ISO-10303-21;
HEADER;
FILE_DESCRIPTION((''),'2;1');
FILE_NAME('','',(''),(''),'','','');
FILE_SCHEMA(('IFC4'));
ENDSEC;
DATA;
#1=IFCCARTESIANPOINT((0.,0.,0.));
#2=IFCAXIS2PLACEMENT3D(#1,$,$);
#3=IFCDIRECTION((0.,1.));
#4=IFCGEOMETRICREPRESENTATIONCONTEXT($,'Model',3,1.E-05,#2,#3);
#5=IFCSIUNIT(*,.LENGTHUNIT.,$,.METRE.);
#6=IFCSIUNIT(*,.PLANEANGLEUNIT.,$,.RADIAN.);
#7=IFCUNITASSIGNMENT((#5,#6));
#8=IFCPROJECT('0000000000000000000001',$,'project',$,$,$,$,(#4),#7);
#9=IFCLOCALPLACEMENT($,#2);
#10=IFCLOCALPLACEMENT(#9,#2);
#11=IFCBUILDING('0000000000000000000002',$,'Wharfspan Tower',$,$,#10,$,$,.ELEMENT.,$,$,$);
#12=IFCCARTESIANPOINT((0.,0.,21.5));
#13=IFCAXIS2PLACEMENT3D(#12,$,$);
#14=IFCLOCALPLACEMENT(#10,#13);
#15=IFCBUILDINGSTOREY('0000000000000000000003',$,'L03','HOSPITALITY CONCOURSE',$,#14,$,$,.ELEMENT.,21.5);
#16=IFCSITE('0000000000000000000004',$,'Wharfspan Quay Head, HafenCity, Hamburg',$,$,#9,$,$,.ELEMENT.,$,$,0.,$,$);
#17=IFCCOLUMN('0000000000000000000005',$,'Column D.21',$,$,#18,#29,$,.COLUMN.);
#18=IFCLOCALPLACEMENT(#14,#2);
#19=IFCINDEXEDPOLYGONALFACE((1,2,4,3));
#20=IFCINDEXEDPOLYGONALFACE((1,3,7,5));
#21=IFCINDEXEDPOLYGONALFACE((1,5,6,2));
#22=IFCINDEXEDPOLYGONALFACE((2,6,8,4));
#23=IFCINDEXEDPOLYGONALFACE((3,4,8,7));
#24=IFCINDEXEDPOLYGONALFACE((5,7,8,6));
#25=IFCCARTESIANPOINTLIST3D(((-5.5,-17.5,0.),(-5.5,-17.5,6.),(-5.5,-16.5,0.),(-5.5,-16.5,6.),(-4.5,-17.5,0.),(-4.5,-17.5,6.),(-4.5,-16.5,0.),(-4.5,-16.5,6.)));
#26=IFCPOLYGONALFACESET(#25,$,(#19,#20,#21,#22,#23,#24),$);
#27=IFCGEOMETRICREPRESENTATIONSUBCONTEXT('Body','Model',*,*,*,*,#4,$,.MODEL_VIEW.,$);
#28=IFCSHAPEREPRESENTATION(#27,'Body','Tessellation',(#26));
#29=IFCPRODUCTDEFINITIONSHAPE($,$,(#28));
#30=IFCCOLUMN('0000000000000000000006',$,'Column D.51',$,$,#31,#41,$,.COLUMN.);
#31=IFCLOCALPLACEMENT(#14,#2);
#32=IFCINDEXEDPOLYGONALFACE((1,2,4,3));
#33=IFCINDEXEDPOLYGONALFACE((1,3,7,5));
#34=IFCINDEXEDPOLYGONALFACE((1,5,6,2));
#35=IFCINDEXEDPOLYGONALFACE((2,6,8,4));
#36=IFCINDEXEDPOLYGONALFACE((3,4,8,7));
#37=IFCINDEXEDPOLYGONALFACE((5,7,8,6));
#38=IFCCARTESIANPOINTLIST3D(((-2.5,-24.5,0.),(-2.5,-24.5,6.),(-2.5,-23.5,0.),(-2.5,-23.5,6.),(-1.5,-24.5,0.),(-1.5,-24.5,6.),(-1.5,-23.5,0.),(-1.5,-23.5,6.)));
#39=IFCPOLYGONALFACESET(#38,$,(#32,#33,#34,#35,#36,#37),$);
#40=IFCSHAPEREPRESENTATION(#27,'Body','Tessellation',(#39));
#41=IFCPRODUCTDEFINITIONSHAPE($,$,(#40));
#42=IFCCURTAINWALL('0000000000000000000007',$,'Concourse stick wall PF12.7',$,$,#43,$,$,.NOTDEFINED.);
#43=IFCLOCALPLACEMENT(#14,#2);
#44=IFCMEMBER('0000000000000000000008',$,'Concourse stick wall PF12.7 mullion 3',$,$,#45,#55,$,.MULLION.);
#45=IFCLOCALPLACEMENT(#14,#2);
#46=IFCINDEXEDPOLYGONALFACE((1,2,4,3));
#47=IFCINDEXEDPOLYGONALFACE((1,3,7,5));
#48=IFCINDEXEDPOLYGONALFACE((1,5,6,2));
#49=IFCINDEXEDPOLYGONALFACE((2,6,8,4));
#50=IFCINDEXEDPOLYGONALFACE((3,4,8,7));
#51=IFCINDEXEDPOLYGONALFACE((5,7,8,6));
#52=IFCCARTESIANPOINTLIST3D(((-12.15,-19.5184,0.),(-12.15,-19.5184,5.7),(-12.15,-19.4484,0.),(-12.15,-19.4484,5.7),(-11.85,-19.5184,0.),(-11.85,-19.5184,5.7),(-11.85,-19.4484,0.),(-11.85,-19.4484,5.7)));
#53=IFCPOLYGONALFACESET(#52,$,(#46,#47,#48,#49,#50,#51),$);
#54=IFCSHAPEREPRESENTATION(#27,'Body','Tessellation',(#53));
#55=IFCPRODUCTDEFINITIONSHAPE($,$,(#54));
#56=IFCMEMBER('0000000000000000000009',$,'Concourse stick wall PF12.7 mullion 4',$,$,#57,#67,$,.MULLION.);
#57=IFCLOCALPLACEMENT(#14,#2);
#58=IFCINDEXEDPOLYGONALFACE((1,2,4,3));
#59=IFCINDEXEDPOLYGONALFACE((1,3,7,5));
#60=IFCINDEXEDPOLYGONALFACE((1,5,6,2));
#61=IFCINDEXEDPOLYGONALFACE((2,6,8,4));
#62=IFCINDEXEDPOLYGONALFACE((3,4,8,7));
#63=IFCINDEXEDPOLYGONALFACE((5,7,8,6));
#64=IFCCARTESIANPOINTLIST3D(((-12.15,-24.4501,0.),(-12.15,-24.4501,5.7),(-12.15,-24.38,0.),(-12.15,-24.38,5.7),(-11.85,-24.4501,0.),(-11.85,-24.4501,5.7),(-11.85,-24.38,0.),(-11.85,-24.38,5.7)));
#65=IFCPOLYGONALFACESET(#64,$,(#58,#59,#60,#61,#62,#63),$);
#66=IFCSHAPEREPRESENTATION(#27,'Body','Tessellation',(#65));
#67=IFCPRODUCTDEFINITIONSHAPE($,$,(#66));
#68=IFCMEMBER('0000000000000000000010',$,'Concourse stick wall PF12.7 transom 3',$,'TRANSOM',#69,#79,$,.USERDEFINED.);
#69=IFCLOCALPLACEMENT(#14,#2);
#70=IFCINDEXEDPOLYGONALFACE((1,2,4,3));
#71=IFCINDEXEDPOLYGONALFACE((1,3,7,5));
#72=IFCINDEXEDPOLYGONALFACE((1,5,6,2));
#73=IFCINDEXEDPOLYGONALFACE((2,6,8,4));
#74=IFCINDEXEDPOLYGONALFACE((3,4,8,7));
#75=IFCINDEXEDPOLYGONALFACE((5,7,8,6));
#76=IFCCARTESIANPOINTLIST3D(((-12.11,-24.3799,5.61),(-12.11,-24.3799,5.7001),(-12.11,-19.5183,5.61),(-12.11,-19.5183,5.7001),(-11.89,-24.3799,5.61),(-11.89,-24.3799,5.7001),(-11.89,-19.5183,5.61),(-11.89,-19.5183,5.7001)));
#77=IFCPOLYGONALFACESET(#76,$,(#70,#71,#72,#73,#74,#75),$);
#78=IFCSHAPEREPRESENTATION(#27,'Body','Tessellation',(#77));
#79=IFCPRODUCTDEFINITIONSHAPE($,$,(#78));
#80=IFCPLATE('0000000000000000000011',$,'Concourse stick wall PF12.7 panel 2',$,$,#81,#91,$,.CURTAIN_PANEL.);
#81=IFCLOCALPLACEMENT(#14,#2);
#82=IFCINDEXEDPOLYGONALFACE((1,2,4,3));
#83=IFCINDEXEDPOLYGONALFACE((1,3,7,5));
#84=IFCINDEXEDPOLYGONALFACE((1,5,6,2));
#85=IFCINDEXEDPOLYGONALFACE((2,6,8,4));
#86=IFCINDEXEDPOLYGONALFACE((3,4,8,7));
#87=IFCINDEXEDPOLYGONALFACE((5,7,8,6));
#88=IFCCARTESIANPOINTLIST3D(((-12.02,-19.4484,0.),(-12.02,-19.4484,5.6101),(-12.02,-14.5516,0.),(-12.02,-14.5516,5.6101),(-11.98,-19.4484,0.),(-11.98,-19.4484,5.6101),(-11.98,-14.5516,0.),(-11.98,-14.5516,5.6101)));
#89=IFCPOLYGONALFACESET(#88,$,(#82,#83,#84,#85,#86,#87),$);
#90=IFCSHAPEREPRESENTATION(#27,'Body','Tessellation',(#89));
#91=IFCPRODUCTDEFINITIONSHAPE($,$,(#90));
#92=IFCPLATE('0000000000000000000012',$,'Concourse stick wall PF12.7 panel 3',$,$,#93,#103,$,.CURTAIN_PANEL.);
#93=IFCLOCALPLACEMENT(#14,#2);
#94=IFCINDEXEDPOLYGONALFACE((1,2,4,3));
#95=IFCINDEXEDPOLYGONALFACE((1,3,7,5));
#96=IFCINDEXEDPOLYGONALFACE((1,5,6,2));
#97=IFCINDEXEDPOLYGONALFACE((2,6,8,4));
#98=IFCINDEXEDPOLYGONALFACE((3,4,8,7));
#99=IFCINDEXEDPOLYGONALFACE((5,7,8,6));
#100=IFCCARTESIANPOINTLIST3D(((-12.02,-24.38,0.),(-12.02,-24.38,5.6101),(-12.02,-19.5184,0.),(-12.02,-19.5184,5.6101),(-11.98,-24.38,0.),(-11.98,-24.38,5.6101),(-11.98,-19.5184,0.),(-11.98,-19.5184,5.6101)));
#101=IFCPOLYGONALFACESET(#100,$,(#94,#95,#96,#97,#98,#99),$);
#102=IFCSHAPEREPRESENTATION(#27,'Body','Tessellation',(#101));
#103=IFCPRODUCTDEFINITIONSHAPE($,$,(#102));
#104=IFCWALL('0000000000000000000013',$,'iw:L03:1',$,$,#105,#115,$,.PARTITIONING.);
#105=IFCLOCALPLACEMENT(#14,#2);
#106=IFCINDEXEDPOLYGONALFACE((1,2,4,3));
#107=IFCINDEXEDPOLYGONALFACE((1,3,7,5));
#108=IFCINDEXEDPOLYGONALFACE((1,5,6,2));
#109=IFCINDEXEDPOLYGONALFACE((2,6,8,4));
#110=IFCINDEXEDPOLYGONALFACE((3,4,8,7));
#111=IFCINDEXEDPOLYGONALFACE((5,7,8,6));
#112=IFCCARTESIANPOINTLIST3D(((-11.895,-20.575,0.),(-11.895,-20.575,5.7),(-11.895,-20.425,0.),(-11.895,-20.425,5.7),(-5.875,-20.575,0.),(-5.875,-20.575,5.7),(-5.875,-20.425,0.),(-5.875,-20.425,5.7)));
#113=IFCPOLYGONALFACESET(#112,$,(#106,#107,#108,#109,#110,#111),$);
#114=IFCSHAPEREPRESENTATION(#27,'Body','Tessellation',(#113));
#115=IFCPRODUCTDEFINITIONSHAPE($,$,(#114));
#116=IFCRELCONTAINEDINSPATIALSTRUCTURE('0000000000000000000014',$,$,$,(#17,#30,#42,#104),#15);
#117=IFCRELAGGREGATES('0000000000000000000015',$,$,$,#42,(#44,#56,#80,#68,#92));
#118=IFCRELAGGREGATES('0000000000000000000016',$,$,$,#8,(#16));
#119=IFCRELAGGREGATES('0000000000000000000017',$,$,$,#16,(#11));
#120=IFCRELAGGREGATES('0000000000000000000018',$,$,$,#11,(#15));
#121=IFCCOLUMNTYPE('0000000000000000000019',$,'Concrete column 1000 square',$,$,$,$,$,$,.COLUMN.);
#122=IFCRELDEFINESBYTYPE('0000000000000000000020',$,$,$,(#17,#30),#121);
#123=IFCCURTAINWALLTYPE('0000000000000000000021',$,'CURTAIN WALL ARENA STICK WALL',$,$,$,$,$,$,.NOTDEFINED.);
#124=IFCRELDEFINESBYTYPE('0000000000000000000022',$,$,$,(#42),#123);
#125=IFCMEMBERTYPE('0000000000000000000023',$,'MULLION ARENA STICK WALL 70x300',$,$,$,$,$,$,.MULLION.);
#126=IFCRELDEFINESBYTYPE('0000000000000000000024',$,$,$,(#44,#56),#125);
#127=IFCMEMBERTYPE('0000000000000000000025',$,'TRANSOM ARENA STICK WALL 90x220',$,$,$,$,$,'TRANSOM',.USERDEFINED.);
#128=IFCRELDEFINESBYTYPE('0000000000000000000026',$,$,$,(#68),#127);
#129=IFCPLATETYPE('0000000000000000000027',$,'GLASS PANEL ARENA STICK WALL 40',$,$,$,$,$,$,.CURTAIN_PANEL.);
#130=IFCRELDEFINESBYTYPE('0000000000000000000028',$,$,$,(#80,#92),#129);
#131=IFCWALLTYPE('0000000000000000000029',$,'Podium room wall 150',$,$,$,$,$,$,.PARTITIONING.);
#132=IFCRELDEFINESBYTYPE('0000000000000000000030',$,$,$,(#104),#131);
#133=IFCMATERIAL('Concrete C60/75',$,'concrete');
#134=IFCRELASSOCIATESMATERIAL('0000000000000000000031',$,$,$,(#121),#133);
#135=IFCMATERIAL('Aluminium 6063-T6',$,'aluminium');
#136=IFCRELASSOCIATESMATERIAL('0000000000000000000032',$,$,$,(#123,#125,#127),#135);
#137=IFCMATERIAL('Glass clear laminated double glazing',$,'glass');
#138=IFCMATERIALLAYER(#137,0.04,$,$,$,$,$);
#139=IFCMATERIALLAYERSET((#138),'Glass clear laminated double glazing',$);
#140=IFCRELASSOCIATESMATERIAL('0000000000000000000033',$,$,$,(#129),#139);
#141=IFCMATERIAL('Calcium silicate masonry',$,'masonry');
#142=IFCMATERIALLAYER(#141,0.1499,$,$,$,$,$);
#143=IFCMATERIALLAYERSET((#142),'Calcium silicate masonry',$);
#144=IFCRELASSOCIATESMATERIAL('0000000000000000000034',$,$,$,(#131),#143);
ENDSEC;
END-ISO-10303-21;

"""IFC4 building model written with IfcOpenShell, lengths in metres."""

from ifc_helpers import new_model, si_unit, direction, frame, frame_2d, origin, origin_2d, place, context, subcontext, project, spatial, rectangle, extrude, material, layer, layer_set, material_profile, profile_set, type_object, element, aggregate, save


model = new_model("IFC4")

# Units and contexts
model_context = context("Model", 3, precision=1e-05, world=origin(), true_north=direction((0.0, 1.0)))
body_context = subcontext(model_context, "Body", "Model", "MODEL_VIEW")
ifc_project = project(units=[si_unit("LENGTHUNIT", "METRE"), si_unit("PLANEANGLEUNIT", "RADIAN")], contexts=[model_context])

# Site, building, storey
site_placement = place(None, origin())
site = spatial("IfcSite", under=ifc_project, at=site_placement, Name="Wharfspan Quay Head, HafenCity, Hamburg", CompositionType="ELEMENT", RefElevation=0.0)
building_placement = place(site_placement, origin())
building = spatial("IfcBuilding", under=site, at=building_placement, Name="Wharfspan Tower", CompositionType="ELEMENT")
storey_placement = place(building_placement, frame((0.0, 0.0, 21.5)))
storey = spatial("IfcBuildingStorey", under=building, at=storey_placement, Name="L03", Description="HOSPITALITY CONCOURSE", CompositionType="ELEMENT", Elevation=21.5)

# Columns
ifc_material_1 = material(Name="Concrete C60/75", Category="concrete")
ifc_material_profile_1 = material_profile(ifc_material_1, rectangle(XDim=1.0, YDim=1.0, at=origin_2d()))
ifc_profile_set_1 = profile_set([ifc_material_profile_1], Name="Concrete C60/75")
column_type = type_object("IfcColumnType", Name="Concrete column 1000 square", PredefinedType="COLUMN", material=ifc_profile_set_1)
for number, where, z_axis, x_axis, name in (
    (1, (-5.0, -17.0, 0.0), (0.0, 0.0, 1.0), (1.0, 0.0, 0.0), "Column D.21"),
    (2, (-2.0, -24.0, 0.0), (0.0, 0.0, 1.0), (1.0, 0.0, 0.0), "Column D.51"),
):
    element("IfcColumn", number, at=place(storey_placement, frame(where, z_axis=z_axis, x_axis=x_axis)), inside=storey, type_object=column_type, Name=name, PredefinedType="COLUMN", context=body_context, shape_type="SweptSolid", body=[
        extrude(rectangle(XDim=1.0, YDim=1.0, at=origin_2d()), origin(), (0.0, 0.0, 1.0), 6.0),
    ])

# Curtain wall, members, plates
ifc_material_2 = material(Name="Aluminium 6063-T6", Category="aluminium")
curtain_wall_type = type_object("IfcCurtainWallType", Name="CURTAIN WALL ARENA STICK WALL", PredefinedType="NOTDEFINED", material=ifc_material_2)
curtain_wall_placement = place(storey_placement, origin())
curtain_wall = element("IfcCurtainWall", 3, at=curtain_wall_placement, inside=storey, type_object=curtain_wall_type, Name="Concourse stick wall PF12.7", PredefinedType="NOTDEFINED")
ifc_material_profile_2 = material_profile(ifc_material_2, rectangle(XDim=0.3, YDim=0.0701, at=origin_2d()))
ifc_profile_set_2 = profile_set([ifc_material_profile_2], Name="Aluminium 6063-T6")
member_type_1 = type_object("IfcMemberType", Name="MULLION ARENA STICK WALL 70x300", PredefinedType="MULLION", material=ifc_profile_set_2)
member_1_placement = place(storey_placement, frame((-12.0, -19.4834, 0.0), z_axis=(0.0, 0.0, 1.0), x_axis=(1.0, 0.0, 0.0)))
member_1 = element("IfcMember", 4, at=member_1_placement, type_object=member_type_1, Name="Concourse stick wall PF12.7 mullion 3", PredefinedType="MULLION", context=body_context, shape_type="SweptSolid", body=[
    extrude(rectangle(XDim=0.3, YDim=0.0701, at=origin_2d()), origin(), (0.0, 0.0, 1.0), 5.7),
])
member_2_placement = place(storey_placement, frame((-12.0, -24.415, 0.0), z_axis=(0.0, 0.0, 1.0), x_axis=(1.0, 0.0, 0.0)))
member_2 = element("IfcMember", 5, at=member_2_placement, type_object=member_type_1, Name="Concourse stick wall PF12.7 mullion 4", PredefinedType="MULLION", context=body_context, shape_type="SweptSolid", body=[
    extrude(rectangle(XDim=0.3, YDim=0.0701, at=origin_2d()), origin(), (0.0, 0.0, 1.0), 5.7),
])
ifc_material_profile_3 = material_profile(ifc_material_2, rectangle(XDim=0.22, YDim=0.0901, at=origin_2d()))
ifc_profile_set_3 = profile_set([ifc_material_profile_3], Name="Aluminium 6063-T6")
member_type_2 = type_object("IfcMemberType", Name="TRANSOM ARENA STICK WALL 90x220", ElementType="TRANSOM", PredefinedType="USERDEFINED", material=ifc_profile_set_3)
member_3_placement = place(storey_placement, frame((-12.0, -19.5183, 5.655), z_axis=(0.0, -1.0, 0.0), x_axis=(1.0, 0.0, 0.0)))
member_3 = element("IfcMember", 6, at=member_3_placement, type_object=member_type_2, Name="Concourse stick wall PF12.7 transom 3", ObjectType="TRANSOM", PredefinedType="USERDEFINED", context=body_context, shape_type="SweptSolid", body=[
    extrude(rectangle(XDim=0.22, YDim=0.0901, at=origin_2d()), origin(), (0.0, 0.0, 1.0), 4.8616),
])
ifc_material_3 = material(Name="Glass clear laminated double glazing", Category="glass")
ifc_layer_1 = layer(ifc_material_3, 0.04)
ifc_layer_set_1 = layer_set([ifc_layer_1], Name="Glass clear laminated double glazing")
plate_type = type_object("IfcPlateType", Name="GLASS PANEL ARENA STICK WALL 40", PredefinedType="CURTAIN_PANEL", material=ifc_layer_set_1)
plate_1_placement = place(storey_placement, frame((-12.0, -17.0, 0.0), z_axis=(0.0, 0.0, 1.0), x_axis=(0.0, -1.0, 0.0)))
plate_1 = element("IfcPlate", 7, at=plate_1_placement, type_object=plate_type, Name="Concourse stick wall PF12.7 panel 2", PredefinedType="CURTAIN_PANEL", context=body_context, shape_type="SweptSolid", body=[
    extrude(rectangle(XDim=4.8967, YDim=0.04, at=origin_2d()), origin(), (0.0, 0.0, 1.0), 5.6101),
])
plate_2_placement = place(storey_placement, frame((-12.0, -21.9492, 0.0), z_axis=(0.0, 0.0, 1.0), x_axis=(0.0, -1.0, 0.0)))
plate_2 = element("IfcPlate", 8, at=plate_2_placement, type_object=plate_type, Name="Concourse stick wall PF12.7 panel 3", PredefinedType="CURTAIN_PANEL", context=body_context, shape_type="SweptSolid", body=[
    extrude(rectangle(XDim=4.8616, YDim=0.04, at=origin_2d()), origin(), (0.0, 0.0, 1.0), 5.6101),
])
aggregate(curtain_wall, [member_1, member_2, plate_1, member_3, plate_2])

# Wall
ifc_material_4 = material(Name="Calcium silicate masonry", Category="masonry")
ifc_layer_2 = layer(ifc_material_4, 0.1499)
ifc_layer_set_2 = layer_set([ifc_layer_2], Name="Calcium silicate masonry")
wall_type = type_object("IfcWallType", Name="Podium room wall 150", PredefinedType="PARTITIONING", material=ifc_layer_set_2)
wall_1_placement = place(storey_placement, frame((-11.895, -20.5, 0.0), z_axis=(0.0, 0.0, 1.0), x_axis=(1.0, 0.0, 0.0)))
element("IfcWall", 9, at=wall_1_placement, inside=storey, type_object=wall_type, Name="iw:L03:1", PredefinedType="PARTITIONING", context=body_context, shape_type="SweptSolid", body=[
    extrude(rectangle(XDim=6.02, YDim=0.1499, at=frame_2d((3.01, 0.0))), origin(), (0.0, 0.0, 1.0), 5.7),
])

save(model, "model.ifc")
